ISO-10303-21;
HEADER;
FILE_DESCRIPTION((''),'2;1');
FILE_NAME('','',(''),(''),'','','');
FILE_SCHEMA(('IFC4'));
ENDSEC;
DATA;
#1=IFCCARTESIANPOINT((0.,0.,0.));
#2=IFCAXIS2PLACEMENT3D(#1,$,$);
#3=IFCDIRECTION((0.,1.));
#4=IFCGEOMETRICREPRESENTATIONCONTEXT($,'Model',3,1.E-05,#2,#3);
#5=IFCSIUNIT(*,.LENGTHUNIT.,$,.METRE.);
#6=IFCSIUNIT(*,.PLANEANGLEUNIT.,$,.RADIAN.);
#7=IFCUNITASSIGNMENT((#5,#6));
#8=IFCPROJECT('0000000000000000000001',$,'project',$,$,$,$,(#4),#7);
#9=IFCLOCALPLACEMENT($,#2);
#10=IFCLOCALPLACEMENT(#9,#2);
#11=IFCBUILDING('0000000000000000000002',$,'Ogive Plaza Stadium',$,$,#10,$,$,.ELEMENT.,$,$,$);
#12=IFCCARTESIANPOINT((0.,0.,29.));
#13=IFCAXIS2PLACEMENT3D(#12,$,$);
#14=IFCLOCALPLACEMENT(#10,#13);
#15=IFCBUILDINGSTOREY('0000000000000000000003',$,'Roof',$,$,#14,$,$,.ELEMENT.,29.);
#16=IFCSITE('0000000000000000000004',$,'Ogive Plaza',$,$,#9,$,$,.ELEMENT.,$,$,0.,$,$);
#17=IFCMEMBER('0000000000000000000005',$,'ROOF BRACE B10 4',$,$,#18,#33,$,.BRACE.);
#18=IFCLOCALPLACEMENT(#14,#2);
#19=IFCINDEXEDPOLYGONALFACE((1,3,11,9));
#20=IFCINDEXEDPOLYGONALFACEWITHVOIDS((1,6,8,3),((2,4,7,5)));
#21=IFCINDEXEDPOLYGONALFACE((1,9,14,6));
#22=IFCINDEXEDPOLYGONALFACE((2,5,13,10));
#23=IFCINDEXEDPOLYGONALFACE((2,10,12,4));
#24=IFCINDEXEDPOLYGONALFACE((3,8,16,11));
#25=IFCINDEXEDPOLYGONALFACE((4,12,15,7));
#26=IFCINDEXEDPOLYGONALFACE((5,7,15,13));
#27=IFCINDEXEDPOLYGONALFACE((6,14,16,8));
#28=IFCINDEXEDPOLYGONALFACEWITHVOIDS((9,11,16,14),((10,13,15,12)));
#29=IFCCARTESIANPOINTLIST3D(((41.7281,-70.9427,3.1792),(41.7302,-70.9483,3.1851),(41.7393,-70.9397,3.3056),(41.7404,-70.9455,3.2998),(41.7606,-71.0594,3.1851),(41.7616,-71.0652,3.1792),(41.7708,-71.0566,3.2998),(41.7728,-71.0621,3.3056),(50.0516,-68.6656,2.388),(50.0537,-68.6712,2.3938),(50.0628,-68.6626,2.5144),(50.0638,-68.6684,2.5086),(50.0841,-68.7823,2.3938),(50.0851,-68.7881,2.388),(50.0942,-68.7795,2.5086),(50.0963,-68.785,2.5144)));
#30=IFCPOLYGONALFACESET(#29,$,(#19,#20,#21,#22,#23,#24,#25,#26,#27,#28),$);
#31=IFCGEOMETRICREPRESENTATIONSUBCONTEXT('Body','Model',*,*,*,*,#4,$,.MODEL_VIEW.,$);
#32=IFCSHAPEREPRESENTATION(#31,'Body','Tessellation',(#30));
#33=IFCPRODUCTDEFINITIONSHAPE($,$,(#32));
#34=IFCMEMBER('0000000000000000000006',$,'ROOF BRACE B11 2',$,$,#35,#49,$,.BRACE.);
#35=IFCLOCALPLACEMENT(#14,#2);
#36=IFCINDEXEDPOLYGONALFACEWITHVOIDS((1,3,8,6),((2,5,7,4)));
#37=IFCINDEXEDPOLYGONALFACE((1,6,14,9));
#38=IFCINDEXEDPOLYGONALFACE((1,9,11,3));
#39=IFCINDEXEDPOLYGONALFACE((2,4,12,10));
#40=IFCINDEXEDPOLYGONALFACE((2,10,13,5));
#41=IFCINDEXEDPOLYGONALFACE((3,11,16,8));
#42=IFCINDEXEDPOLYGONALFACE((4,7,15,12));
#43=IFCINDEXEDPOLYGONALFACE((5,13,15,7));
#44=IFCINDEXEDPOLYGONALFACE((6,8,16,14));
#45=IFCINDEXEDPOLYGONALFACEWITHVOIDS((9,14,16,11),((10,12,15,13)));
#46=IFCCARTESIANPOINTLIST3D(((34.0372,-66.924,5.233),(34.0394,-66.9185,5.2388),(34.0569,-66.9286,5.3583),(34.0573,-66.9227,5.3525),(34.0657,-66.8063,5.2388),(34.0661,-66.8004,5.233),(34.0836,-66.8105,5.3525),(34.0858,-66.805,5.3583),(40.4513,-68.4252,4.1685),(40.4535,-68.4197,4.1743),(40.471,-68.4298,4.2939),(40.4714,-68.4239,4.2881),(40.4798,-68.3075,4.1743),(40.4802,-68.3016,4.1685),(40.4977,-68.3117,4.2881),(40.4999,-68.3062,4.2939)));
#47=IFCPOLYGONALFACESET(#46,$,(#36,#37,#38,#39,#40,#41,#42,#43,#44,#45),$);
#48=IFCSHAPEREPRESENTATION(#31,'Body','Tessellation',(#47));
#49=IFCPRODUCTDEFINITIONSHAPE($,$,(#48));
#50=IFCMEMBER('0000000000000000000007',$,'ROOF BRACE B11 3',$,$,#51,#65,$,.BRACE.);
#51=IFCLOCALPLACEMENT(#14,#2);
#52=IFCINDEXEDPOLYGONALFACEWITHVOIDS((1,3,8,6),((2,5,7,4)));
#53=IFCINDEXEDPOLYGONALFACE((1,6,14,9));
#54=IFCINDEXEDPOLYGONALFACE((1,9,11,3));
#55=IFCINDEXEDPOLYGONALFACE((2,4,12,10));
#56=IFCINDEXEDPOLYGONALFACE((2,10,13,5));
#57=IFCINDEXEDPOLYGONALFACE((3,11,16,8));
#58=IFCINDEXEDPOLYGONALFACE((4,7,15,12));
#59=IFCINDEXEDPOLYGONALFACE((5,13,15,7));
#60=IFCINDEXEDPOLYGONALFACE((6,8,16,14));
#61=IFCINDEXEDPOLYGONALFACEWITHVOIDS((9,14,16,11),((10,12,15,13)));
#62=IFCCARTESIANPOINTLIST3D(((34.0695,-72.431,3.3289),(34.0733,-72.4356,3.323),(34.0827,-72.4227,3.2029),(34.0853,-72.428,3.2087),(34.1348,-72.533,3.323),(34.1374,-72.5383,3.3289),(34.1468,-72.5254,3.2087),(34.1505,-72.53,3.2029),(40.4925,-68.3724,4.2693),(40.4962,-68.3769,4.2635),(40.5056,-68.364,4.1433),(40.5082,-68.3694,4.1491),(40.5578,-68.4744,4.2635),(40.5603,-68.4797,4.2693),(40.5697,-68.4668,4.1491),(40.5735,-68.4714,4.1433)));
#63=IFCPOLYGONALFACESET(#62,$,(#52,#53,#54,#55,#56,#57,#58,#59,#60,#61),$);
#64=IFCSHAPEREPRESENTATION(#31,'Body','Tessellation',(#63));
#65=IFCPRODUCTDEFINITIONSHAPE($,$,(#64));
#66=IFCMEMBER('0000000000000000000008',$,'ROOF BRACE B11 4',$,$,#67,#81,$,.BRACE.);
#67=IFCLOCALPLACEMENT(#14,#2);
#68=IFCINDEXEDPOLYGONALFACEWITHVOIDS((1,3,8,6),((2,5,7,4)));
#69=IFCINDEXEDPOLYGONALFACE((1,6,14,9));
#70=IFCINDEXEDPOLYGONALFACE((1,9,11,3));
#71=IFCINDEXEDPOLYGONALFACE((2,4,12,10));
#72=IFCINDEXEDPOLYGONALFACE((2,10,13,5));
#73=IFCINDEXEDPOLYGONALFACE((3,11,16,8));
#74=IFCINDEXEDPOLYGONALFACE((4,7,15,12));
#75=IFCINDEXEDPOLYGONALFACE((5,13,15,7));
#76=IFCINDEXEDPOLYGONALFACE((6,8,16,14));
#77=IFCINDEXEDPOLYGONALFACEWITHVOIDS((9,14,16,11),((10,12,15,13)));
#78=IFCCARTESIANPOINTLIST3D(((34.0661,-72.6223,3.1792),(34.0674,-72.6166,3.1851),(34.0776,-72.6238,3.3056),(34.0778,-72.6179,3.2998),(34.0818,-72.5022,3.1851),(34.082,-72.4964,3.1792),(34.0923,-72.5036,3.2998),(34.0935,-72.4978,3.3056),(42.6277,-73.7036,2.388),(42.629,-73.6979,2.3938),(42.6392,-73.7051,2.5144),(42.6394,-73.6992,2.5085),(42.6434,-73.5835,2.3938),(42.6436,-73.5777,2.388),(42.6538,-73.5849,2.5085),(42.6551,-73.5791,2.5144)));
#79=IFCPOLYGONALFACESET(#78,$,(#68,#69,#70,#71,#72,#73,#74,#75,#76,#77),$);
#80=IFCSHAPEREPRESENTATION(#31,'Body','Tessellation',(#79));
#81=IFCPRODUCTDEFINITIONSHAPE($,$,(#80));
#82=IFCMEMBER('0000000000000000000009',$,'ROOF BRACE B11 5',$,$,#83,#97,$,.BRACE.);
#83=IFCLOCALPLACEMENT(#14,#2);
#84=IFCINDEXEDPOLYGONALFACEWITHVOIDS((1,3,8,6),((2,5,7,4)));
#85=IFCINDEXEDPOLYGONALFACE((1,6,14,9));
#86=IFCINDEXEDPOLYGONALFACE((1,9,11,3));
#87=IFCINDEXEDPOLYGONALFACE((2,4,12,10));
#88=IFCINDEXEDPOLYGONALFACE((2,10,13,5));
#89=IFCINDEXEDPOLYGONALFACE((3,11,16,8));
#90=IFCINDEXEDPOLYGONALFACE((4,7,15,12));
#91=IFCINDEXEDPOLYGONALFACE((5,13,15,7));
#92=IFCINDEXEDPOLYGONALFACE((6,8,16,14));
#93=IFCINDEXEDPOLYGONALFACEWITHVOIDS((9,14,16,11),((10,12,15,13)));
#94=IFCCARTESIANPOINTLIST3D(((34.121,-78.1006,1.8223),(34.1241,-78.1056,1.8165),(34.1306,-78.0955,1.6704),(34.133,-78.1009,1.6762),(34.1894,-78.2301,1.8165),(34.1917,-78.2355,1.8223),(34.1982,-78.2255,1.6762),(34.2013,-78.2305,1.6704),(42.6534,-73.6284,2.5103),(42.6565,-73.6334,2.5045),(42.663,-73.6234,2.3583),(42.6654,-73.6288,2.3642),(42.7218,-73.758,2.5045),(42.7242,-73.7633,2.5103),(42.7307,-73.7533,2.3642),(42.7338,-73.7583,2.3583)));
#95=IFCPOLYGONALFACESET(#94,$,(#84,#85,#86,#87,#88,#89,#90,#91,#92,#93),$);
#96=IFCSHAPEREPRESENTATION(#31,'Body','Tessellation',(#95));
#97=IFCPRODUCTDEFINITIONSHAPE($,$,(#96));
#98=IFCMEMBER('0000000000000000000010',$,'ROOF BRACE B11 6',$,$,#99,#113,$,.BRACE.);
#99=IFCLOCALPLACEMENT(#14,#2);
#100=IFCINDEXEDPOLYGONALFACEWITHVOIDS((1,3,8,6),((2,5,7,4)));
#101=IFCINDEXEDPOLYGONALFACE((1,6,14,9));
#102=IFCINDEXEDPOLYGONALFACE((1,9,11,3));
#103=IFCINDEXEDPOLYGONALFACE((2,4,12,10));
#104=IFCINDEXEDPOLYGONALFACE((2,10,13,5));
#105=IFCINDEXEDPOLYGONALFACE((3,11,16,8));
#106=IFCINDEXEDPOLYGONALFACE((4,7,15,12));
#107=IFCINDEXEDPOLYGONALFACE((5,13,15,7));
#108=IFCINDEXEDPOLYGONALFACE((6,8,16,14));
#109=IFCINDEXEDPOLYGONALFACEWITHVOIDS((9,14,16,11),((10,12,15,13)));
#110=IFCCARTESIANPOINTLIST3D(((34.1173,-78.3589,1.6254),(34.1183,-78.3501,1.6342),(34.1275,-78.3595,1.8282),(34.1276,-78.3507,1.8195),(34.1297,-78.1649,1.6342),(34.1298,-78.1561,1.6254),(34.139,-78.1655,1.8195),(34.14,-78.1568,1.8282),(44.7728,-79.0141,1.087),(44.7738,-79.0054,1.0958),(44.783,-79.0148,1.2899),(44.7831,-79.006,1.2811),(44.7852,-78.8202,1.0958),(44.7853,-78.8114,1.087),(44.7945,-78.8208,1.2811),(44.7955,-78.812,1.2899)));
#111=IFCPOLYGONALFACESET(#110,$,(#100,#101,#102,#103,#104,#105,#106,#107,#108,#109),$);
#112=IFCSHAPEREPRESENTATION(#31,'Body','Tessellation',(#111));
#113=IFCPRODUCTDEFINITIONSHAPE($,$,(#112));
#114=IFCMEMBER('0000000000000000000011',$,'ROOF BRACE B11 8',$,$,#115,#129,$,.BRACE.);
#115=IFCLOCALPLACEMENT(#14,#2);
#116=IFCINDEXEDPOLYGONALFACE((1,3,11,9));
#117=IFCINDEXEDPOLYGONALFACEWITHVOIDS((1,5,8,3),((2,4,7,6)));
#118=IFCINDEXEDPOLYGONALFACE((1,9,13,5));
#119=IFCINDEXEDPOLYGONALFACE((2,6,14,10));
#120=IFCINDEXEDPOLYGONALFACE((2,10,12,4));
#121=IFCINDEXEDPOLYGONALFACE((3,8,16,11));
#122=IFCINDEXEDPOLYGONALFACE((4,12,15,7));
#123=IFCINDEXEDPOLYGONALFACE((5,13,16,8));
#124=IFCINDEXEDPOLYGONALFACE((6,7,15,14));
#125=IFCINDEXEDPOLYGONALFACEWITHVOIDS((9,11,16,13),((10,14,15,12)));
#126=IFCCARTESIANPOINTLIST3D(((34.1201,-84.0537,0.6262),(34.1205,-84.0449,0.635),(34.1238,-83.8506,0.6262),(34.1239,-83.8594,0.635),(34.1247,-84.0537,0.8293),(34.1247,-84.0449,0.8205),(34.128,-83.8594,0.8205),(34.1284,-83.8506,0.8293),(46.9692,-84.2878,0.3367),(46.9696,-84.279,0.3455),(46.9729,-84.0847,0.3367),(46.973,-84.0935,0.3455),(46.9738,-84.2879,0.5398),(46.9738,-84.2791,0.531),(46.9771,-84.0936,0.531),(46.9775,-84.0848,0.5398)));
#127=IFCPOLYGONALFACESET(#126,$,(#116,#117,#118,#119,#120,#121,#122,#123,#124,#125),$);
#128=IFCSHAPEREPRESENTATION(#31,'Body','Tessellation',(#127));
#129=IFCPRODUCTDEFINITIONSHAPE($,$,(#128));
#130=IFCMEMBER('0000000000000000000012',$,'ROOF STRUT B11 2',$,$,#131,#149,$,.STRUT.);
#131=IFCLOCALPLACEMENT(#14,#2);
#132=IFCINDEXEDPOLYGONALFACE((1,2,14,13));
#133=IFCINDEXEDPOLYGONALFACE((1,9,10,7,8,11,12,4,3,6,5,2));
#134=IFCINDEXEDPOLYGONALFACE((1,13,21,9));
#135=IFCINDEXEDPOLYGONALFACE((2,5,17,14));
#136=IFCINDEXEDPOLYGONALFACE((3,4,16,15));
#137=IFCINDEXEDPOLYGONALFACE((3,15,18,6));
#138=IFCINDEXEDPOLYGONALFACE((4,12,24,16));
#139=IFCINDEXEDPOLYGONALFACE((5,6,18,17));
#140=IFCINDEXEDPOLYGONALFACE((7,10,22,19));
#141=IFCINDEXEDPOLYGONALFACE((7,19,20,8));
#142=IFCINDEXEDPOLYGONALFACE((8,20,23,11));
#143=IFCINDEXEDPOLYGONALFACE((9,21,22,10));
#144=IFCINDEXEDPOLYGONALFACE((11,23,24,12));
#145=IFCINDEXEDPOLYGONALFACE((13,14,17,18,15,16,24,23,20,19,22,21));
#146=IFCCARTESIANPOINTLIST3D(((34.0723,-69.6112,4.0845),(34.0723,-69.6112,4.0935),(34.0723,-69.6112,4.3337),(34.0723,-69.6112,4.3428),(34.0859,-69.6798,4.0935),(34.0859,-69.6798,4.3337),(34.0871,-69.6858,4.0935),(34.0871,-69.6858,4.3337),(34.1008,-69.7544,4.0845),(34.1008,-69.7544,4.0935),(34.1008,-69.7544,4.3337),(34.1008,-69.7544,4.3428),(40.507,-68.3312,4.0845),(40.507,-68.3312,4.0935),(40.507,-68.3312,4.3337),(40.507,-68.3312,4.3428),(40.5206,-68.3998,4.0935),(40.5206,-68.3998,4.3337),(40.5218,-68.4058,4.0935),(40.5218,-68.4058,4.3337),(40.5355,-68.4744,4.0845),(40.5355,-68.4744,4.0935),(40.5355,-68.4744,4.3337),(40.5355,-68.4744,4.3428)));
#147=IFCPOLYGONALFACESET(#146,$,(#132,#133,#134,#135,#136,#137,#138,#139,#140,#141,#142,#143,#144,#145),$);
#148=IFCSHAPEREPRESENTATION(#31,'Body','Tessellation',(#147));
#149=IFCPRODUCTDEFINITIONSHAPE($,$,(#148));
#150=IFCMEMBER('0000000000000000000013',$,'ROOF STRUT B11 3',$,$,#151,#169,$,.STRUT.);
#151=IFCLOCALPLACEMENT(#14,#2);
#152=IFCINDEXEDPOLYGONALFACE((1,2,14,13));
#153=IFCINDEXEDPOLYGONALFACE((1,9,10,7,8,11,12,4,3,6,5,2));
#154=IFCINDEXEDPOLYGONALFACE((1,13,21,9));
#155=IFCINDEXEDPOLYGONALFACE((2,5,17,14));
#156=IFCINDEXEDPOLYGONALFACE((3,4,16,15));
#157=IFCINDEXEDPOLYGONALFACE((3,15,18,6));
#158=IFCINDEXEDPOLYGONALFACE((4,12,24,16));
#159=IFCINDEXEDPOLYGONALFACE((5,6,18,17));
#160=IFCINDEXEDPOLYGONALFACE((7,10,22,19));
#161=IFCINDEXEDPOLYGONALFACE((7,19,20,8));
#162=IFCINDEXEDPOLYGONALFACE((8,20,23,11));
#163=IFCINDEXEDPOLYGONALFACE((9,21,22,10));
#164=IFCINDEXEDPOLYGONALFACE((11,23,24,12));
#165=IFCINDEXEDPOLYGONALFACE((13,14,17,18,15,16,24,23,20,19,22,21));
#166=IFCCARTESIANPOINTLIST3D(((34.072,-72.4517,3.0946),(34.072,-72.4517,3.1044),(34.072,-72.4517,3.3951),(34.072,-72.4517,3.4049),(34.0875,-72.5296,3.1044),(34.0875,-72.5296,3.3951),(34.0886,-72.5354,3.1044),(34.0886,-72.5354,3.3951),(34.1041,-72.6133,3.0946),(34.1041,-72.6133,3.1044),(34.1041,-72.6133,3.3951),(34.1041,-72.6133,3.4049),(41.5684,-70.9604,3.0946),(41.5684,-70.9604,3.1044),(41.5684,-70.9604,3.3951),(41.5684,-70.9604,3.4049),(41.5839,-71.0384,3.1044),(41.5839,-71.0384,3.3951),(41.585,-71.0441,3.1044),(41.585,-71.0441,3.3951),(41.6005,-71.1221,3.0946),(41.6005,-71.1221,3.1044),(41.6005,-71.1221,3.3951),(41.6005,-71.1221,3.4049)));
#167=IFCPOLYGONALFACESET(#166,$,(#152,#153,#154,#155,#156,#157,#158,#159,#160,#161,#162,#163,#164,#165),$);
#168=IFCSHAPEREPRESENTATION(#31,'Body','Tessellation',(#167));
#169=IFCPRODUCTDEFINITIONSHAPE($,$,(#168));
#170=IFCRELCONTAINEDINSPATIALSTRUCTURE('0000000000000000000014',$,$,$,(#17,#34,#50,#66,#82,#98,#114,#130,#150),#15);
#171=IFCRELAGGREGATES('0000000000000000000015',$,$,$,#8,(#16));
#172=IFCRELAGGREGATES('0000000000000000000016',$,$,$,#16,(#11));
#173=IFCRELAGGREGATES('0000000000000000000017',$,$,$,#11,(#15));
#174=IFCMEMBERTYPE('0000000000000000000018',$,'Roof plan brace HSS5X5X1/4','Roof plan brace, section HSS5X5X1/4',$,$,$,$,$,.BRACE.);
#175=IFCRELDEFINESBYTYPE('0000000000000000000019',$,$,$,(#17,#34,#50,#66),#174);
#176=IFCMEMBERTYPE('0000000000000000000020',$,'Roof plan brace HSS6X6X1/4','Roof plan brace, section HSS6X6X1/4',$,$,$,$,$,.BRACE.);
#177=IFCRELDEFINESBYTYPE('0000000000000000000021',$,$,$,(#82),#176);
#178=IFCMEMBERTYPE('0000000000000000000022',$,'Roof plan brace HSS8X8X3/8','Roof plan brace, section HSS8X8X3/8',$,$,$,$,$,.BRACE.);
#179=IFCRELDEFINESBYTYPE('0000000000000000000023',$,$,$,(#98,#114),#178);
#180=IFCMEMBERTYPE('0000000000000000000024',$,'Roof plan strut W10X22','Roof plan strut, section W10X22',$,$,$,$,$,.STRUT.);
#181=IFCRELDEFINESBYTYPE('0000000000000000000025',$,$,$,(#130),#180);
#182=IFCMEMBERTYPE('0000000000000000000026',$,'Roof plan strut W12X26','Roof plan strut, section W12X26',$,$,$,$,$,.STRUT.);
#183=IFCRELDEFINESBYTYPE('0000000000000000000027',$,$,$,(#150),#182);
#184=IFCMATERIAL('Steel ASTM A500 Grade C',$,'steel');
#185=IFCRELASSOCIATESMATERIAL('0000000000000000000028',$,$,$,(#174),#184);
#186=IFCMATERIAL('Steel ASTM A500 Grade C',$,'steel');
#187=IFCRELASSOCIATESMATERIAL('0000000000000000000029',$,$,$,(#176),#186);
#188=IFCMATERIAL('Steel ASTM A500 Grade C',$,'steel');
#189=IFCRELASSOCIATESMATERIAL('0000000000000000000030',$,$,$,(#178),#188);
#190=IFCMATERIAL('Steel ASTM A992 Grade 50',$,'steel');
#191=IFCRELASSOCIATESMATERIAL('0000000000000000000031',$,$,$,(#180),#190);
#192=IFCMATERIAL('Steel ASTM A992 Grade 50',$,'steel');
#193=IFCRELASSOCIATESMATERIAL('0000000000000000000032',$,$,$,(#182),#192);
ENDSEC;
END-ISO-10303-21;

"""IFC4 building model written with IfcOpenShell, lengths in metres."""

from ifc_helpers import new_model, si_unit, direction, frame, origin, origin_2d, place, context, subcontext, project, spatial, hollow_rectangle, i_section, extrude, material, material_profile, profile_set, type_object, element, save


model = new_model("IFC4")

# Units and contexts
model_context = context("Model", 3, precision=1e-05, world=origin(), true_north=direction((0.0, 1.0)))
body_context = subcontext(model_context, "Body", "Model", "MODEL_VIEW")
ifc_project = project(units=[si_unit("LENGTHUNIT", "METRE"), si_unit("PLANEANGLEUNIT", "RADIAN")], contexts=[model_context])

# Site, building, storey
site_placement = place(None, origin())
site = spatial("IfcSite", under=ifc_project, at=site_placement, Name="Ogive Plaza", CompositionType="ELEMENT", RefElevation=0.0)
building_placement = place(site_placement, origin())
building = spatial("IfcBuilding", under=site, at=building_placement, Name="Ogive Plaza Stadium", CompositionType="ELEMENT")
storey_placement = place(building_placement, frame((0.0, 0.0, 29.0)))
storey = spatial("IfcBuildingStorey", under=building, at=storey_placement, Name="Roof", CompositionType="ELEMENT", Elevation=29.0)

# Members
ifc_material_1 = material(Name="Steel ASTM A500 Grade C", Category="steel")
ifc_material_profile_1 = material_profile(ifc_material_1, hollow_rectangle(XDim=0.127, YDim=0.127, WallThickness=0.0059, at=origin_2d()), Name="HSS5X5X1/4")
ifc_profile_set_1 = profile_set([ifc_material_profile_1], Name="Steel ASTM A500 Grade C")
member_type_1 = type_object("IfcMemberType", Name="Roof plan brace HSS5X5X1/4", Description="Roof plan brace, section HSS5X5X1/4", PredefinedType="BRACE", material=ifc_profile_set_1)
member_1_placement = place(storey_placement, frame((41.7505, -71.0024, 3.2424), z_axis=(0.960526, 0.262776, -0.091311), x_axis=(-0.263879, 0.964556, 0.0)))
element("IfcMember", 1, at=member_1_placement, inside=storey, type_object=member_type_1, Name="ROOF BRACE B10 4", PredefinedType="BRACE", context=body_context, shape_type="SweptSolid", body=[
    extrude(hollow_rectangle(XDim=0.127, YDim=0.127, WallThickness=0.0059, at=origin_2d()), origin(), (0.0, 0.0, 1.0), 8.6655),
])
member_2_placement = place(storey_placement, frame((34.0615, -66.8645, 5.2957), z_axis=(0.961218, -0.224974, -0.15952), x_axis=(0.227893, 0.973686, 0.0)))
element("IfcMember", 2, at=member_2_placement, inside=storey, type_object=member_type_1, Name="ROOF BRACE B11 2", PredefinedType="BRACE", context=body_context, shape_type="SweptSolid", body=[
    extrude(hollow_rectangle(XDim=0.127, YDim=0.127, WallThickness=0.0059, at=origin_2d()), origin(), (0.0, 0.0, 1.0), 6.6729),
])
member_3_placement = place(storey_placement, frame((40.533, -68.4219, 4.2063), z_axis=(-0.838964, -0.530141, -0.122841), x_axis=(0.534186, -0.845367, 0.0)))
element("IfcMember", 3, at=member_3_placement, inside=storey, type_object=member_type_1, Name="ROOF BRACE B11 3", PredefinedType="BRACE", context=body_context, shape_type="SweptSolid", body=[
    extrude(hollow_rectangle(XDim=0.127, YDim=0.127, WallThickness=0.0059, at=origin_2d()), origin(), (0.0, 0.0, 1.0), 7.6558),
])
member_4_placement = place(storey_placement, frame((34.0798, -72.5601, 3.2424), z_axis=(0.987974, -0.124779, -0.091309), x_axis=(0.125302, 0.992119, 0.0)))
element("IfcMember", 4, at=member_4_placement, inside=storey, type_object=member_type_1, Name="ROOF BRACE B11 4", PredefinedType="BRACE", context=body_context, shape_type="SweptSolid", body=[
    extrude(hollow_rectangle(XDim=0.127, YDim=0.127, WallThickness=0.0059, at=origin_2d()), origin(), (0.0, 0.0, 1.0), 8.6658),
])
ifc_material_2 = material(Name="Steel ASTM A500 Grade C", Category="steel")
ifc_material_profile_2 = material_profile(ifc_material_2, hollow_rectangle(XDim=0.1523, YDim=0.1523, WallThickness=0.0059, at=origin_2d()), Name="HSS6X6X1/4")
ifc_profile_set_2 = profile_set([ifc_material_profile_2], Name="Steel ASTM A500 Grade C")
member_type_2 = type_object("IfcMemberType", Name="Roof plan brace HSS6X6X1/4", Description="Roof plan brace, section HSS6X6X1/4", PredefinedType="BRACE", material=ifc_profile_set_2)
member_5_placement = place(storey_placement, frame((42.6936, -73.6934, 2.4343), z_axis=(-0.883463, -0.463054, -0.071235), x_axis=(0.464233, -0.885713, 0.0)))
element("IfcMember", 5, at=member_5_placement, inside=storey, type_object=member_type_2, Name="ROOF BRACE B11 5", PredefinedType="BRACE", context=body_context, shape_type="SweptSolid", body=[
    extrude(hollow_rectangle(XDim=0.1523, YDim=0.1523, WallThickness=0.0059, at=origin_2d()), origin(), (0.0, 0.0, 1.0), 9.658),
])
ifc_material_3 = material(Name="Steel ASTM A500 Grade C", Category="steel")
ifc_material_profile_3 = material_profile(ifc_material_3, hollow_rectangle(XDim=0.2031, YDim=0.2031, WallThickness=0.0088, at=origin_2d()), Name="HSS8X8X3/8")
ifc_profile_set_3 = profile_set([ifc_material_profile_3], Name="Steel ASTM A500 Grade C")
member_type_3 = type_object("IfcMemberType", Name="Roof plan brace HSS8X8X3/8", Description="Roof plan brace, section HSS8X8X3/8", PredefinedType="BRACE", material=ifc_profile_set_3)
member_6_placement = place(storey_placement, frame((34.1287, -78.2578, 1.7268), z_axis=(0.996848, -0.061302, -0.050362), x_axis=(0.06138, 0.998114, 0.0)))
element("IfcMember", 6, at=member_6_placement, inside=storey, type_object=member_type_3, Name="ROOF BRACE B11 6", PredefinedType="BRACE", context=body_context, shape_type="SweptSolid", body=[
    extrude(hollow_rectangle(XDim=0.2031, YDim=0.2031, WallThickness=0.0088, at=origin_2d()), origin(), (0.0, 0.0, 1.0), 10.6892),
])
member_7_placement = place(storey_placement, frame((34.1243, -83.9521, 0.7278), z_axis=(0.99958, -0.018214, -0.022525), x_axis=(0.018219, 0.999834, 0.0)))
element("IfcMember", 7, at=member_7_placement, inside=storey, type_object=member_type_3, Name="ROOF BRACE B11 8", PredefinedType="BRACE", context=body_context, shape_type="SweptSolid", body=[
    extrude(hollow_rectangle(XDim=0.2031, YDim=0.2031, WallThickness=0.0088, at=origin_2d()), origin(), (0.0, 0.0, 1.0), 12.8545),
])
ifc_material_4 = material(Name="Steel ASTM A992 Grade 50", Category="steel")
ifc_material_profile_4 = material_profile(ifc_material_4, i_section(OverallWidth=0.146, OverallDepth=0.2583, WebThickness=0.0061, FlangeThickness=0.009, at=origin_2d()), Name="W10X22")
ifc_profile_set_4 = profile_set([ifc_material_profile_4], Name="Steel ASTM A992 Grade 50")
member_type_4 = type_object("IfcMemberType", Name="Roof plan strut W10X22", Description="Roof plan strut, section W10X22", PredefinedType="STRUT", material=ifc_profile_set_4)
member_8_placement = place(storey_placement, frame((40.5212, -68.4028, 4.2136), z_axis=(-0.980783, -0.1951, 0.0), x_axis=(0.1951, -0.980783, 0.0)))
element("IfcMember", 8, at=member_8_placement, inside=storey, type_object=member_type_4, Name="ROOF STRUT B11 2", PredefinedType="STRUT", context=body_context, shape_type="SweptSolid", body=[
    extrude(i_section(OverallWidth=0.146, OverallDepth=0.2583, WebThickness=0.0061, FlangeThickness=0.009, at=origin_2d()), origin(), (0.0, 0.0, 1.0), 6.5608),
])
ifc_material_5 = material(Name="Steel ASTM A992 Grade 50", Category="steel")
ifc_material_profile_5 = material_profile(ifc_material_5, i_section(OverallWidth=0.1648, OverallDepth=0.3103, WebThickness=0.0059, FlangeThickness=0.0098, at=origin_2d()), Name="W12X26")
ifc_profile_set_5 = profile_set([ifc_material_profile_5], Name="Steel ASTM A992 Grade 50")
member_type_5 = type_object("IfcMemberType", Name="Roof plan strut W12X26", Description="Roof plan strut, section W12X26", PredefinedType="STRUT", material=ifc_profile_set_5)
member_9_placement = place(storey_placement, frame((41.5845, -71.0413, 3.2498), z_axis=(-0.980783, -0.195102, 0.0), x_axis=(0.195102, -0.980783, 0.0)))
element("IfcMember", 9, at=member_9_placement, inside=storey, type_object=member_type_5, Name="ROOF STRUT B11 3", PredefinedType="STRUT", context=body_context, shape_type="SweptSolid", body=[
    extrude(i_section(OverallWidth=0.1648, OverallDepth=0.3103, WebThickness=0.0059, FlangeThickness=0.0098, at=origin_2d()), origin(), (0.0, 0.0, 1.0), 7.6433),
])

save(model, "model.ifc")
